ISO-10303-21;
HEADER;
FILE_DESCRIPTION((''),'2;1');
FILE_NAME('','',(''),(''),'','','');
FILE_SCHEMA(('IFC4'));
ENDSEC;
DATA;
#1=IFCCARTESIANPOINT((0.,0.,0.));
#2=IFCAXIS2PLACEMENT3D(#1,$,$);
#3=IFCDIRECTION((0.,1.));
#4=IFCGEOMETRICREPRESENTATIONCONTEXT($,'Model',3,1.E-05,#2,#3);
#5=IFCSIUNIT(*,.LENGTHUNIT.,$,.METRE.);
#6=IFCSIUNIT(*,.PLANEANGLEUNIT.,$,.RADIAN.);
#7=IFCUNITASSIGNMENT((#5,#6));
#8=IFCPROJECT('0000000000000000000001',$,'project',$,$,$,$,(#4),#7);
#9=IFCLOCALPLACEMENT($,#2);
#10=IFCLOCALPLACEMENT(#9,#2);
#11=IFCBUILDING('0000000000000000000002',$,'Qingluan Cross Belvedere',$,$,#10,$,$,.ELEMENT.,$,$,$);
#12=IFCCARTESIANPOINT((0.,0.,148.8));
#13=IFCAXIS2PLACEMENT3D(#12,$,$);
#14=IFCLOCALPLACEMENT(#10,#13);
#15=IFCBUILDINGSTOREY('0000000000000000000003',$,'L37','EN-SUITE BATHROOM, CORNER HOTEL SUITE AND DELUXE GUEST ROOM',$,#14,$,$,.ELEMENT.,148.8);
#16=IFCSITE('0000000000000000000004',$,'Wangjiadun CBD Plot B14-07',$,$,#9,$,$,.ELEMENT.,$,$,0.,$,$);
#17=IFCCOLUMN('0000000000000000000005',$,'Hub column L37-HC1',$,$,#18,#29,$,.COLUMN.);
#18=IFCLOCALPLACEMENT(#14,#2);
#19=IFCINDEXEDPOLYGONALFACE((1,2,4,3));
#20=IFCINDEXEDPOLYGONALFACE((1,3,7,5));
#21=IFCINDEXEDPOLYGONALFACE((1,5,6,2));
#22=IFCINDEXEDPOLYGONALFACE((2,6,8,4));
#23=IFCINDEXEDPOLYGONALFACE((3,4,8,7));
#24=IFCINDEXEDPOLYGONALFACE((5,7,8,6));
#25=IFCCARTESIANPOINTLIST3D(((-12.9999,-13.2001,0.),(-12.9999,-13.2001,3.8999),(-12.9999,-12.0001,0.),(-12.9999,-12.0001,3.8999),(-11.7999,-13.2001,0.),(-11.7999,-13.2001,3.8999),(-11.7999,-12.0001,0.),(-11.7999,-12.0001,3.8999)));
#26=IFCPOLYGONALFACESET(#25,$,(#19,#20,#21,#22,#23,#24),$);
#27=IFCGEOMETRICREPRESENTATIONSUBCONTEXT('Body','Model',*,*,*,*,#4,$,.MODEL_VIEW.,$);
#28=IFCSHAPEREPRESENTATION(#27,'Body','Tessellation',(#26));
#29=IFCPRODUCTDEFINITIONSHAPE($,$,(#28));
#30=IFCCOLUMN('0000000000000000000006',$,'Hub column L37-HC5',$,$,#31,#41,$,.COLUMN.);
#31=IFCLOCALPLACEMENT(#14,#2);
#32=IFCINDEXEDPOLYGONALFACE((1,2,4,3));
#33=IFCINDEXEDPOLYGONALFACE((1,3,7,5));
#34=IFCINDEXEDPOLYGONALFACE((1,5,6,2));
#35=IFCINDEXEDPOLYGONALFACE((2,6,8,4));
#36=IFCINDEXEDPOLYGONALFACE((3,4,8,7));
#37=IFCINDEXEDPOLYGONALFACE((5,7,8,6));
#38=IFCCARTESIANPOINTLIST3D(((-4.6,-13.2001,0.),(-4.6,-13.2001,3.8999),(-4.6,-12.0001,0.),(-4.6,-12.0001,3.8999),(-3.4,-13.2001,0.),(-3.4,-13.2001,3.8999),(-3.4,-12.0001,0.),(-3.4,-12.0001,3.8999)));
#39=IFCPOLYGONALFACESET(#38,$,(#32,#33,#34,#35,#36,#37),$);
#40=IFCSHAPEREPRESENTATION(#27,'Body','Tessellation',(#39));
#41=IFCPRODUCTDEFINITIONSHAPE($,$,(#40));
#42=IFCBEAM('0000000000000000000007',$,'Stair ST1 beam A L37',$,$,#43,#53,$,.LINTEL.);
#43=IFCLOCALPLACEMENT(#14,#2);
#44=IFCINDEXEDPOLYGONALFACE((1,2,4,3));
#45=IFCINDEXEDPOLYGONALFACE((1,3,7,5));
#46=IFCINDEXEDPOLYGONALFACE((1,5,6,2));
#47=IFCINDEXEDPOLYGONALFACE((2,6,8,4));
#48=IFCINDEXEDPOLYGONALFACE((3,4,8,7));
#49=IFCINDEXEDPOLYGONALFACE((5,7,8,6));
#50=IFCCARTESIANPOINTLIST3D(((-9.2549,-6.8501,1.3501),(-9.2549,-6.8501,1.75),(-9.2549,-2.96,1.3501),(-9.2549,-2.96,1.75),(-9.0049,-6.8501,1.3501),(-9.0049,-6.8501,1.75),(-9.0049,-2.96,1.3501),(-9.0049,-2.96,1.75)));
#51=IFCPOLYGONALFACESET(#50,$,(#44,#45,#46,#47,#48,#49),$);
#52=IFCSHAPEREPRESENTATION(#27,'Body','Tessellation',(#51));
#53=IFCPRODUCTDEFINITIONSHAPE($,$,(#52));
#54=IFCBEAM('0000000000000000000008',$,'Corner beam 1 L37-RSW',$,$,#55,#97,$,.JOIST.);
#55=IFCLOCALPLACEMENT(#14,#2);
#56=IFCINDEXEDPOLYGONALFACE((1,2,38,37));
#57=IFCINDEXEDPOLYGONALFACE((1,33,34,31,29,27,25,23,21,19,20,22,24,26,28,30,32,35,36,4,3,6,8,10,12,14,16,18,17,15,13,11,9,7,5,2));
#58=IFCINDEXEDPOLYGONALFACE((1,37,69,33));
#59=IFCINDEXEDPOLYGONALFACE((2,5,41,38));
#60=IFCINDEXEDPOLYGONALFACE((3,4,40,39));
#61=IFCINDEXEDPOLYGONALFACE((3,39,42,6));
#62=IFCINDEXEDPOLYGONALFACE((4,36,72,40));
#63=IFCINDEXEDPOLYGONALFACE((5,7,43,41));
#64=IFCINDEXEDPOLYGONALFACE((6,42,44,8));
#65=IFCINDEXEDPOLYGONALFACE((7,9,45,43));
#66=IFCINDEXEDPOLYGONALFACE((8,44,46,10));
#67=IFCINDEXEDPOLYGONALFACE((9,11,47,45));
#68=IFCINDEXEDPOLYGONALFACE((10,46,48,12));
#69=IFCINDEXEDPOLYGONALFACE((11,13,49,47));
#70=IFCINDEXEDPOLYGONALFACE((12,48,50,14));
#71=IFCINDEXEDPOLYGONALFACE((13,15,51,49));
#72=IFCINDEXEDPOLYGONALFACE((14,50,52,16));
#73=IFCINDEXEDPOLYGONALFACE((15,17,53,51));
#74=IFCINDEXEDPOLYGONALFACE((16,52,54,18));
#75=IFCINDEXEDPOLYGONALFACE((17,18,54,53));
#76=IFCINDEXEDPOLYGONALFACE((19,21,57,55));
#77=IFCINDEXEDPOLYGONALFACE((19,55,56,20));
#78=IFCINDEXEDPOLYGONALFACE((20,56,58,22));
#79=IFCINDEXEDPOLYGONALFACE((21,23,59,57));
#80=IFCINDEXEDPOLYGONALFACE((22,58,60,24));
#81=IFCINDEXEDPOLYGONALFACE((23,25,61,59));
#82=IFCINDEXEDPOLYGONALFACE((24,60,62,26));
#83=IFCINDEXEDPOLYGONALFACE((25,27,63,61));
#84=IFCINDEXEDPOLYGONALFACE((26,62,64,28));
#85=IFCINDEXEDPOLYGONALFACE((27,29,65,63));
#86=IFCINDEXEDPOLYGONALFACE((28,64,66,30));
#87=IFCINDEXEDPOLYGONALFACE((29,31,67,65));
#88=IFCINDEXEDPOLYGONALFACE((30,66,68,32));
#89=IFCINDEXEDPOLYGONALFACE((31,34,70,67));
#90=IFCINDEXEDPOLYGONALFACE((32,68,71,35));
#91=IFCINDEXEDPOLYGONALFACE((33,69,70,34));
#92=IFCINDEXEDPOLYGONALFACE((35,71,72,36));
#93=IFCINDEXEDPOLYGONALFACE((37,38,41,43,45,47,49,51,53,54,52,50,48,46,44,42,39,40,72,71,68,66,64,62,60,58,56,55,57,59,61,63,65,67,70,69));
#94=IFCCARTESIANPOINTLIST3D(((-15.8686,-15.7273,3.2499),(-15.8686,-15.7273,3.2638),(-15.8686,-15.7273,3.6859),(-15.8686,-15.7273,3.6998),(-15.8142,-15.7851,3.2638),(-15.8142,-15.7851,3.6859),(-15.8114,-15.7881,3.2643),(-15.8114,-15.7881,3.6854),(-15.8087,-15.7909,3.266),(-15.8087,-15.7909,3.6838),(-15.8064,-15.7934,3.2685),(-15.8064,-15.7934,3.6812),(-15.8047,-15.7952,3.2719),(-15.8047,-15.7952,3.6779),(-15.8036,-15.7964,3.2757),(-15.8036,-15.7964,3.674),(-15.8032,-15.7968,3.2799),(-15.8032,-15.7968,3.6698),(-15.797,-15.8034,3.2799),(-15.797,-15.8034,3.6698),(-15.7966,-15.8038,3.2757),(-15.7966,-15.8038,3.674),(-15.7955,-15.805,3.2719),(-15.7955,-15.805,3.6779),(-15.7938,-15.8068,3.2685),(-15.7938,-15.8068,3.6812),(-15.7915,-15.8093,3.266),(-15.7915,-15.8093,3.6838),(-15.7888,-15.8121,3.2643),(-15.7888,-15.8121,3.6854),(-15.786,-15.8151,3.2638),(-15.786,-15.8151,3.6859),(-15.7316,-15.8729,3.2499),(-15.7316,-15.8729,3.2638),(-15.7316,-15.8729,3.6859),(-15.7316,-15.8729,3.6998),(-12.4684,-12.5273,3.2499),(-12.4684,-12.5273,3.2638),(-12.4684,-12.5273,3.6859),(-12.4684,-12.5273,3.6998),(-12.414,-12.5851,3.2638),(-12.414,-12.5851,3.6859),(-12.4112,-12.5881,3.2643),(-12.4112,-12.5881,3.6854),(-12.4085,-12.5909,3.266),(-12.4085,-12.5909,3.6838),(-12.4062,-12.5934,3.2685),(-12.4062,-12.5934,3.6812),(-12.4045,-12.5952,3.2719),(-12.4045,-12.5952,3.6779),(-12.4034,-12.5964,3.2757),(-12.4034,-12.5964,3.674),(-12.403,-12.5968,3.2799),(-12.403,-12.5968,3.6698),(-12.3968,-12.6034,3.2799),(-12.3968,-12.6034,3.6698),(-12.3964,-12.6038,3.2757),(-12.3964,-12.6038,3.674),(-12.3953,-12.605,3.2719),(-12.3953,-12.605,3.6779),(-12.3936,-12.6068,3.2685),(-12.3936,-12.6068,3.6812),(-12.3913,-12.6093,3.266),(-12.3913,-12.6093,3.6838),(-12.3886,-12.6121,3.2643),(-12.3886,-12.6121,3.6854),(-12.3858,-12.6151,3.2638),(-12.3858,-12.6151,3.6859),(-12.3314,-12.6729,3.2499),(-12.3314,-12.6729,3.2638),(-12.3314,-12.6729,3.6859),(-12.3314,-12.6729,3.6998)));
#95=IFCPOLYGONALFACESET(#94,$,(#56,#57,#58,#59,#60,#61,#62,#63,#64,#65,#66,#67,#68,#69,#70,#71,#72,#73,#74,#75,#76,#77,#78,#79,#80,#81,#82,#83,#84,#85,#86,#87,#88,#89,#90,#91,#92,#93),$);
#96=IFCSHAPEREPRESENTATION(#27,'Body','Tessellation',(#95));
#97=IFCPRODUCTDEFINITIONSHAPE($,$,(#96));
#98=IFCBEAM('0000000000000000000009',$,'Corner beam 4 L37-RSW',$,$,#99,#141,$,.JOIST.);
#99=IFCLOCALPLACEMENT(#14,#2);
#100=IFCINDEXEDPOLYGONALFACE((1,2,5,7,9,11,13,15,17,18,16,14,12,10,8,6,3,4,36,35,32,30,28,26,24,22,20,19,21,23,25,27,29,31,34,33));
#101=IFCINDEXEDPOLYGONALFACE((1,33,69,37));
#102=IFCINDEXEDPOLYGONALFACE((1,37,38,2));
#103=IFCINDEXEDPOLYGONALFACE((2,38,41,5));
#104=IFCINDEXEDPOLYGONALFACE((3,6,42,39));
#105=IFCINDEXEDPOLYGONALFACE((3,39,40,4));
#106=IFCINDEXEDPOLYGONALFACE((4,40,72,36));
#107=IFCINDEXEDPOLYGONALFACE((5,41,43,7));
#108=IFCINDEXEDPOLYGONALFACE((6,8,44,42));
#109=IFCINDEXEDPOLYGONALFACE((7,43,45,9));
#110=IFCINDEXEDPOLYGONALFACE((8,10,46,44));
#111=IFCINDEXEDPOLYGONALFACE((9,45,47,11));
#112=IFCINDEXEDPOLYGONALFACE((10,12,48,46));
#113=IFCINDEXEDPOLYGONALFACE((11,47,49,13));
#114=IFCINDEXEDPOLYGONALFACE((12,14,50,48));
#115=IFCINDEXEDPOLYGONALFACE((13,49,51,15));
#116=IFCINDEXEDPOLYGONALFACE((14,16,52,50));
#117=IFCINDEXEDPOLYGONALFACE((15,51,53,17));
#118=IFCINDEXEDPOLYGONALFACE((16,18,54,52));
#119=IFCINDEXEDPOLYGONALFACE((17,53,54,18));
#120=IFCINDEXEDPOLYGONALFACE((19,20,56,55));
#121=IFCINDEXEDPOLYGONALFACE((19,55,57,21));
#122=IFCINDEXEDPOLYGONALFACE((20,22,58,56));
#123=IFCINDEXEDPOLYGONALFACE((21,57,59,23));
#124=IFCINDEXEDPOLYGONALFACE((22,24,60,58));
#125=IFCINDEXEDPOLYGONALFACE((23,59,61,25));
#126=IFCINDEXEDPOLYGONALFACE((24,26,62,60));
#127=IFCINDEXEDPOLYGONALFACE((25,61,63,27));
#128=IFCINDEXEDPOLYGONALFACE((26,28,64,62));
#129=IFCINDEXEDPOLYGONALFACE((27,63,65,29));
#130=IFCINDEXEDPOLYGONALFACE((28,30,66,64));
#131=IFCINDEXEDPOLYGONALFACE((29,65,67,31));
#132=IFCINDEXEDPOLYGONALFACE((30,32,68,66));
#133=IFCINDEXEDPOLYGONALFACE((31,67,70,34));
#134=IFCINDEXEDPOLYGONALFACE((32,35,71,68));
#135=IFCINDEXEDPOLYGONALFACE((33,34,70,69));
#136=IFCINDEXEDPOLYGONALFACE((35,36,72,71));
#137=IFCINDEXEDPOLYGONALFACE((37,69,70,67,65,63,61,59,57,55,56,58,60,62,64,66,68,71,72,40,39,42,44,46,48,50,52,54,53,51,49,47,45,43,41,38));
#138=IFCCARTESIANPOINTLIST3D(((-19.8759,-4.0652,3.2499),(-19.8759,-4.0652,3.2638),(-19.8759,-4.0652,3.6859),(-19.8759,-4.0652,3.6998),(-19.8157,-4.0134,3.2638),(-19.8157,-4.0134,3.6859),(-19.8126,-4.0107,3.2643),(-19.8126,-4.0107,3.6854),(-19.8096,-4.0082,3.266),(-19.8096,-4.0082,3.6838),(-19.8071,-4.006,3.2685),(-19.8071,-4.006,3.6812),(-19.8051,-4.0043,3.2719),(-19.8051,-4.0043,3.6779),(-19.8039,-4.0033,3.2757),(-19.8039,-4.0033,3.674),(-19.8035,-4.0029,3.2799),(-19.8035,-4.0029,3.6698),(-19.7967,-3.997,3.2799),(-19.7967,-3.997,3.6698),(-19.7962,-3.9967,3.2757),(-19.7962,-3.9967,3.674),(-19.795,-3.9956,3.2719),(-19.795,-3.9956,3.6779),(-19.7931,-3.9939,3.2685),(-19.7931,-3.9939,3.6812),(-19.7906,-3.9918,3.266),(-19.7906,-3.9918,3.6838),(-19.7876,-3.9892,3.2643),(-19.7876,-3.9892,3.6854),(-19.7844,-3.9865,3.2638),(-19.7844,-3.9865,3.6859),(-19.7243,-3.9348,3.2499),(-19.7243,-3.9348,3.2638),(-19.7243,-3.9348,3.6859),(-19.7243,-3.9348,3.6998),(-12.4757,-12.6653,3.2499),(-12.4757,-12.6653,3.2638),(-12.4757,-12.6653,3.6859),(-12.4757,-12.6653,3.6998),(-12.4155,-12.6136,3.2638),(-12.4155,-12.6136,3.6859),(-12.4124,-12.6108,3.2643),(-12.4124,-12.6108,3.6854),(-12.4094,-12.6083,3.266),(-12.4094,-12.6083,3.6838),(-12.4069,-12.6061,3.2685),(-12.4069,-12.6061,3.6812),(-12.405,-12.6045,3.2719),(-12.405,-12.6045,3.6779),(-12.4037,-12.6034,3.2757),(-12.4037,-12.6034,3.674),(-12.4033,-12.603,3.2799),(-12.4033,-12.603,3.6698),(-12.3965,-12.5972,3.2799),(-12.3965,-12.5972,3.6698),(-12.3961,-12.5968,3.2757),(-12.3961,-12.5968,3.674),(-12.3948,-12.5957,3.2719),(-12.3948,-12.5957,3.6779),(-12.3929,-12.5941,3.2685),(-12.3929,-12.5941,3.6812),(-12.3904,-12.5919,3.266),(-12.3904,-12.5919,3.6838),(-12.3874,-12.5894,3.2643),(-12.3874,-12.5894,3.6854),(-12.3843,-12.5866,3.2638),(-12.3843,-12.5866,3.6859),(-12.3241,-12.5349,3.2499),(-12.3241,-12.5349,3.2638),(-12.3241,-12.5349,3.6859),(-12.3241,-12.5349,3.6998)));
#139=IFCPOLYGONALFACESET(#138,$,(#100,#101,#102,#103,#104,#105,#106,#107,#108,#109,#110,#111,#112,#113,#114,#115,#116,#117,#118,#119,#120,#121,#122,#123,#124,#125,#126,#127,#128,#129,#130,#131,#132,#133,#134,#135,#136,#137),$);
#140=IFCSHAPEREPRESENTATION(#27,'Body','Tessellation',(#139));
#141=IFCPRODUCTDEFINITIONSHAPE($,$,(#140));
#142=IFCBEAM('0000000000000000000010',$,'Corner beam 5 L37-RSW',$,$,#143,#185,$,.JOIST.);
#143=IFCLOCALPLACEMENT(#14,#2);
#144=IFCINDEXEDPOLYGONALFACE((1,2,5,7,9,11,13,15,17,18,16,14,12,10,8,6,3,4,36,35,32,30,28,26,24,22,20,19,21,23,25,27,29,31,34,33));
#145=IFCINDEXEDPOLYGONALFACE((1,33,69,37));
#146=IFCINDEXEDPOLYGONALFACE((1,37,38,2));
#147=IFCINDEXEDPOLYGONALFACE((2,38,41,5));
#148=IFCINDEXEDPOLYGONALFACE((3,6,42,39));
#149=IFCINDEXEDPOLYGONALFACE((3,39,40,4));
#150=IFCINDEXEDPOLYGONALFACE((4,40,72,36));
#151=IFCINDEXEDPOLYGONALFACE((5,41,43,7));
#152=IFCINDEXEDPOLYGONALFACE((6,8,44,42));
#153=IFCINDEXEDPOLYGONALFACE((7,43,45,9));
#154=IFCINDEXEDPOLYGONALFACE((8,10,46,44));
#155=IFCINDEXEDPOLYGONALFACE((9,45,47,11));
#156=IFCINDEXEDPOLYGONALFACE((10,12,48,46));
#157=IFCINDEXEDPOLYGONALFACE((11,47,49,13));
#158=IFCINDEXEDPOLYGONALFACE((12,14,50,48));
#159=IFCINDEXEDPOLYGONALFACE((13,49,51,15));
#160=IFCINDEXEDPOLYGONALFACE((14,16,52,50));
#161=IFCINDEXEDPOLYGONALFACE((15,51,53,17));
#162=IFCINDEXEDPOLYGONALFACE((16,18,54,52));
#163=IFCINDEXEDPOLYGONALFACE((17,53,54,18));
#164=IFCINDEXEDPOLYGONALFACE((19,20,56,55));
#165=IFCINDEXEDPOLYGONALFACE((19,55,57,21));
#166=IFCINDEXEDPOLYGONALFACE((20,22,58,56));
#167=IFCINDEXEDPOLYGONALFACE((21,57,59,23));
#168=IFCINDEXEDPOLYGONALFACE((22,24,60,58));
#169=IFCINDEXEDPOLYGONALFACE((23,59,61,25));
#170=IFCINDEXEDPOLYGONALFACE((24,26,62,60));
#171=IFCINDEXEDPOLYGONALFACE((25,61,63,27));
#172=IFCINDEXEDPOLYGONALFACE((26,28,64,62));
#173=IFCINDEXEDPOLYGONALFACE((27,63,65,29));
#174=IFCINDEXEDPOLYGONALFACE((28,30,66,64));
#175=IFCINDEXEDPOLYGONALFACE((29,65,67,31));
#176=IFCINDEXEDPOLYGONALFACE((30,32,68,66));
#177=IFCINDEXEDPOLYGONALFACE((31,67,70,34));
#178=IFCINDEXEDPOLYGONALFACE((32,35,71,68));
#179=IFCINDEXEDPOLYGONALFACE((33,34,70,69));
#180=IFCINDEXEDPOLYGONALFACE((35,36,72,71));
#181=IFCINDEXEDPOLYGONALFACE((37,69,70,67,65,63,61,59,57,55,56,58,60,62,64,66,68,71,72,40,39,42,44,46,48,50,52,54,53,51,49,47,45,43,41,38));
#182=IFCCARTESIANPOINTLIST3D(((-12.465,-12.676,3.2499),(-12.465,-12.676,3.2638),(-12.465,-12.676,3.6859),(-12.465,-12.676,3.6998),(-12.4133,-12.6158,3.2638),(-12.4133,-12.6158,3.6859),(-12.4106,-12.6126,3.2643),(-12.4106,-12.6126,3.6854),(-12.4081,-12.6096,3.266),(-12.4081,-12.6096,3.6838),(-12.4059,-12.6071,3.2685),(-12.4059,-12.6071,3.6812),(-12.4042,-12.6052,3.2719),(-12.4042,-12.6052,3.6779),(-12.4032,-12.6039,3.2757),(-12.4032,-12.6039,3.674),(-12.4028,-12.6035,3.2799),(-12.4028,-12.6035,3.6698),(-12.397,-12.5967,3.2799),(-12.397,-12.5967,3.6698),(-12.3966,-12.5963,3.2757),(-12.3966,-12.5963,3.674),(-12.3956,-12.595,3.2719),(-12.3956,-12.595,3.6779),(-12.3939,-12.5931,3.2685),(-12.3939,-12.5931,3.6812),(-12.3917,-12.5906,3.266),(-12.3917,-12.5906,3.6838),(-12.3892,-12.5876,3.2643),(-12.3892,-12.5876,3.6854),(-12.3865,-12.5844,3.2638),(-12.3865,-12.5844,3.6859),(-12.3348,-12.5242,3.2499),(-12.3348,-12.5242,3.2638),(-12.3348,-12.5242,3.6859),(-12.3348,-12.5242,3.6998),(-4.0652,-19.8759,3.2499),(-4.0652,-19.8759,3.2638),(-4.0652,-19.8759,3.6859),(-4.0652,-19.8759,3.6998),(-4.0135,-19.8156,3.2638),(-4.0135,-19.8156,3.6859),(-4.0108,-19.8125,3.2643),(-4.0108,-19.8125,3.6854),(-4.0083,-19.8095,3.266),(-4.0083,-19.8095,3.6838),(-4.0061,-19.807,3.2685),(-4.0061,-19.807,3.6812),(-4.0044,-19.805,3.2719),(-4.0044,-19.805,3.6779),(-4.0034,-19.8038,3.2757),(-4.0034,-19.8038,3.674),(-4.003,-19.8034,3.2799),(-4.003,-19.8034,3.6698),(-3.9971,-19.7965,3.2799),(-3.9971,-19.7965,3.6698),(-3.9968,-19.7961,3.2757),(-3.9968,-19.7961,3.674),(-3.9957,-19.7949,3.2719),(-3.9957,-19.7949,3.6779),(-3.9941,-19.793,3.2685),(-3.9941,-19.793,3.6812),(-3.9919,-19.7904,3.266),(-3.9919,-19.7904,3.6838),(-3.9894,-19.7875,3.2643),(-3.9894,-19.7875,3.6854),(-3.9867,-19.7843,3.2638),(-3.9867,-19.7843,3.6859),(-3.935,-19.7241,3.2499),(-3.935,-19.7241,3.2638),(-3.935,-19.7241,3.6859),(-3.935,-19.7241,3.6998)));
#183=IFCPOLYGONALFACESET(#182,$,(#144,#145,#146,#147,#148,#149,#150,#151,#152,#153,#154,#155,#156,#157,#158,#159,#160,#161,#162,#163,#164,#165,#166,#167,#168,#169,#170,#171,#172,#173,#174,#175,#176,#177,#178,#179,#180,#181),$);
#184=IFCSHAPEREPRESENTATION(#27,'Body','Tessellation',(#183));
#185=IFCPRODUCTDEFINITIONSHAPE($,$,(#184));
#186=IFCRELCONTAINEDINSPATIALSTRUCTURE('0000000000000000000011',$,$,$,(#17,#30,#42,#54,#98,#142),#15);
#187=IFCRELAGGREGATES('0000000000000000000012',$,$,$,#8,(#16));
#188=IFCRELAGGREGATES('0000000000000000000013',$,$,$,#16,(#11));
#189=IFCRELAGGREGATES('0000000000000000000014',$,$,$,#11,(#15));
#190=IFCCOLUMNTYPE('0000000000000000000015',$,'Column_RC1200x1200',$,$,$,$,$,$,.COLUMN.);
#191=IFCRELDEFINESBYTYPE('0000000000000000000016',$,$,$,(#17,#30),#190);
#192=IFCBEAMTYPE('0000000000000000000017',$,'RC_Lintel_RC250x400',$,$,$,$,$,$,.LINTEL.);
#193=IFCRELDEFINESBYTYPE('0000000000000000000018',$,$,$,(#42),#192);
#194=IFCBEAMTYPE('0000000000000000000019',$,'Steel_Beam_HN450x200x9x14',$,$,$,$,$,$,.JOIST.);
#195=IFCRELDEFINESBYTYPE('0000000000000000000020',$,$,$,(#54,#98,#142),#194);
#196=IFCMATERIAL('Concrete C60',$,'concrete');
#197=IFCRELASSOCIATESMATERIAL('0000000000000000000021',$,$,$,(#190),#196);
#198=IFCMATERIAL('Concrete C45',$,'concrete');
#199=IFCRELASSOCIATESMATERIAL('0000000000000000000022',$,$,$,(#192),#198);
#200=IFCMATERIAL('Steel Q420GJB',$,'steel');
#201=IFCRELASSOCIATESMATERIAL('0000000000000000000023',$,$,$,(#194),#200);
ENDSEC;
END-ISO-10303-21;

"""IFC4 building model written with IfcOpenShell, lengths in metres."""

from ifc_helpers import new_model, si_unit, direction, frame, origin, origin_2d, place, context, subcontext, project, spatial, rectangle, i_section, extrude, material, material_profile, profile_set, type_object, element, save


model = new_model("IFC4")

# Units and contexts
model_context = context("Model", 3, precision=1e-05, world=origin(), true_north=direction((0.0, 1.0)))
body_context = subcontext(model_context, "Body", "Model", "MODEL_VIEW")
ifc_project = project(units=[si_unit("LENGTHUNIT", "METRE"), si_unit("PLANEANGLEUNIT", "RADIAN")], contexts=[model_context])

# Site, building, storey
site_placement = place(None, origin())
site = spatial("IfcSite", under=ifc_project, at=site_placement, Name="Wangjiadun CBD Plot B14-07", CompositionType="ELEMENT", RefElevation=0.0)
building_placement = place(site_placement, origin())
building = spatial("IfcBuilding", under=site, at=building_placement, Name="Qingluan Cross Belvedere", CompositionType="ELEMENT")
storey_placement = place(building_placement, frame((0.0, 0.0, 148.8)))
storey = spatial("IfcBuildingStorey", under=building, at=storey_placement, Name="L37", Description="EN-SUITE BATHROOM, CORNER HOTEL SUITE AND DELUXE GUEST ROOM", CompositionType="ELEMENT", Elevation=148.8)

# Columns
ifc_material_1 = material(Name="Concrete C60", Category="concrete")
ifc_material_profile_1 = material_profile(ifc_material_1, rectangle(XDim=1.2, YDim=1.2, at=origin_2d()), Name="RC1200x1200")
ifc_profile_set_1 = profile_set([ifc_material_profile_1], Name="Concrete C60")
column_type = type_object("IfcColumnType", Name="Column_RC1200x1200", PredefinedType="COLUMN", material=ifc_profile_set_1)
for number, where, z_axis, x_axis, name in (
    (1, (-12.3999, -12.6001, 0.0), (0.0, 0.0, 1.0), (1.0, 0.0, 0.0), "Hub column L37-HC1"),
    (2, (-4.0, -12.6001, 0.0), (0.0, 0.0, 1.0), (1.0, 0.0, 0.0), "Hub column L37-HC5"),
):
    element("IfcColumn", number, at=place(storey_placement, frame(where, z_axis=z_axis, x_axis=x_axis)), inside=storey, type_object=column_type, Name=name, PredefinedType="COLUMN", context=body_context, shape_type="SweptSolid", body=[
        extrude(rectangle(XDim=1.2, YDim=1.2, at=origin_2d()), origin(), (0.0, 0.0, 1.0), 3.8999),
    ])

# Beams
ifc_material_2 = material(Name="Concrete C45", Category="concrete")
ifc_material_profile_2 = material_profile(ifc_material_2, rectangle(XDim=0.25, YDim=0.3999, at=origin_2d()), Name="RC250x400")
ifc_profile_set_2 = profile_set([ifc_material_profile_2], Name="Concrete C45")
beam_type_1 = type_object("IfcBeamType", Name="RC_Lintel_RC250x400", PredefinedType="LINTEL", material=ifc_profile_set_2)
beam_1_placement = place(storey_placement, frame((-9.1299, -6.8501, 1.55), z_axis=(0.0, 1.0, 0.0), x_axis=(-1.0, 0.0, 0.0)))
element("IfcBeam", 3, at=beam_1_placement, inside=storey, type_object=beam_type_1, Name="Stair ST1 beam A L37", PredefinedType="LINTEL", context=body_context, shape_type="SweptSolid", body=[
    extrude(rectangle(XDim=0.25, YDim=0.3999, at=origin_2d()), origin(), (0.0, 0.0, 1.0), 3.8901),
])
ifc_material_3 = material(Name="Steel Q420GJB", Category="steel")
ifc_material_profile_3 = material_profile(ifc_material_3, i_section(OverallWidth=0.2, OverallDepth=0.45, WebThickness=0.009, FlangeThickness=0.0139, FilletRadius=0.0161, at=origin_2d()), Name="HN450x200x9x14")
ifc_profile_set_3 = profile_set([ifc_material_profile_3], Name="Steel Q420GJB")
beam_type_2 = type_object("IfcBeamType", Name="Steel_Beam_HN450x200x9x14", PredefinedType="JOIST", material=ifc_profile_set_3)
beam_2_placement = place(storey_placement, frame((-12.3999, -12.6001, 3.4749), z_axis=(-0.72822, -0.685343, 0.0), x_axis=(0.685343, -0.72822, 0.0)))
element("IfcBeam", 4, at=beam_2_placement, inside=storey, type_object=beam_type_2, Name="Corner beam 1 L37-RSW", PredefinedType="JOIST", context=body_context, shape_type="SweptSolid", body=[
    extrude(i_section(OverallWidth=0.2, OverallDepth=0.45, WebThickness=0.009, FlangeThickness=0.0139, FilletRadius=0.0161, at=origin_2d()), origin(), (0.0, 0.0, 1.0), 4.6692),
])
beam_3_placement = place(storey_placement, frame((-12.3999, -12.6001, 3.4749), z_axis=(-0.652245, 0.758008, 0.0), x_axis=(-0.758008, -0.652245, 0.0)))
element("IfcBeam", 5, at=beam_3_placement, inside=storey, type_object=beam_type_2, Name="Corner beam 4 L37-RSW", PredefinedType="JOIST", context=body_context, shape_type="SweptSolid", body=[
    extrude(i_section(OverallWidth=0.2, OverallDepth=0.45, WebThickness=0.009, FlangeThickness=0.0139, FilletRadius=0.0161, at=origin_2d()), origin(), (0.0, 0.0, 1.0), 11.3457),
])
beam_4_placement = place(storey_placement, frame((-12.3999, -12.6001, 3.4749), z_axis=(0.759255, -0.650793, 0.0), x_axis=(0.650793, 0.759255, 0.0)))
element("IfcBeam", 6, at=beam_4_placement, inside=storey, type_object=beam_type_2, Name="Corner beam 5 L37-RSW", PredefinedType="JOIST", context=body_context, shape_type="SweptSolid", body=[
    extrude(i_section(OverallWidth=0.2, OverallDepth=0.45, WebThickness=0.009, FlangeThickness=0.0139, FilletRadius=0.0161, at=origin_2d()), origin(), (0.0, 0.0, 1.0), 11.0632),
])

save(model, "model.ifc")
